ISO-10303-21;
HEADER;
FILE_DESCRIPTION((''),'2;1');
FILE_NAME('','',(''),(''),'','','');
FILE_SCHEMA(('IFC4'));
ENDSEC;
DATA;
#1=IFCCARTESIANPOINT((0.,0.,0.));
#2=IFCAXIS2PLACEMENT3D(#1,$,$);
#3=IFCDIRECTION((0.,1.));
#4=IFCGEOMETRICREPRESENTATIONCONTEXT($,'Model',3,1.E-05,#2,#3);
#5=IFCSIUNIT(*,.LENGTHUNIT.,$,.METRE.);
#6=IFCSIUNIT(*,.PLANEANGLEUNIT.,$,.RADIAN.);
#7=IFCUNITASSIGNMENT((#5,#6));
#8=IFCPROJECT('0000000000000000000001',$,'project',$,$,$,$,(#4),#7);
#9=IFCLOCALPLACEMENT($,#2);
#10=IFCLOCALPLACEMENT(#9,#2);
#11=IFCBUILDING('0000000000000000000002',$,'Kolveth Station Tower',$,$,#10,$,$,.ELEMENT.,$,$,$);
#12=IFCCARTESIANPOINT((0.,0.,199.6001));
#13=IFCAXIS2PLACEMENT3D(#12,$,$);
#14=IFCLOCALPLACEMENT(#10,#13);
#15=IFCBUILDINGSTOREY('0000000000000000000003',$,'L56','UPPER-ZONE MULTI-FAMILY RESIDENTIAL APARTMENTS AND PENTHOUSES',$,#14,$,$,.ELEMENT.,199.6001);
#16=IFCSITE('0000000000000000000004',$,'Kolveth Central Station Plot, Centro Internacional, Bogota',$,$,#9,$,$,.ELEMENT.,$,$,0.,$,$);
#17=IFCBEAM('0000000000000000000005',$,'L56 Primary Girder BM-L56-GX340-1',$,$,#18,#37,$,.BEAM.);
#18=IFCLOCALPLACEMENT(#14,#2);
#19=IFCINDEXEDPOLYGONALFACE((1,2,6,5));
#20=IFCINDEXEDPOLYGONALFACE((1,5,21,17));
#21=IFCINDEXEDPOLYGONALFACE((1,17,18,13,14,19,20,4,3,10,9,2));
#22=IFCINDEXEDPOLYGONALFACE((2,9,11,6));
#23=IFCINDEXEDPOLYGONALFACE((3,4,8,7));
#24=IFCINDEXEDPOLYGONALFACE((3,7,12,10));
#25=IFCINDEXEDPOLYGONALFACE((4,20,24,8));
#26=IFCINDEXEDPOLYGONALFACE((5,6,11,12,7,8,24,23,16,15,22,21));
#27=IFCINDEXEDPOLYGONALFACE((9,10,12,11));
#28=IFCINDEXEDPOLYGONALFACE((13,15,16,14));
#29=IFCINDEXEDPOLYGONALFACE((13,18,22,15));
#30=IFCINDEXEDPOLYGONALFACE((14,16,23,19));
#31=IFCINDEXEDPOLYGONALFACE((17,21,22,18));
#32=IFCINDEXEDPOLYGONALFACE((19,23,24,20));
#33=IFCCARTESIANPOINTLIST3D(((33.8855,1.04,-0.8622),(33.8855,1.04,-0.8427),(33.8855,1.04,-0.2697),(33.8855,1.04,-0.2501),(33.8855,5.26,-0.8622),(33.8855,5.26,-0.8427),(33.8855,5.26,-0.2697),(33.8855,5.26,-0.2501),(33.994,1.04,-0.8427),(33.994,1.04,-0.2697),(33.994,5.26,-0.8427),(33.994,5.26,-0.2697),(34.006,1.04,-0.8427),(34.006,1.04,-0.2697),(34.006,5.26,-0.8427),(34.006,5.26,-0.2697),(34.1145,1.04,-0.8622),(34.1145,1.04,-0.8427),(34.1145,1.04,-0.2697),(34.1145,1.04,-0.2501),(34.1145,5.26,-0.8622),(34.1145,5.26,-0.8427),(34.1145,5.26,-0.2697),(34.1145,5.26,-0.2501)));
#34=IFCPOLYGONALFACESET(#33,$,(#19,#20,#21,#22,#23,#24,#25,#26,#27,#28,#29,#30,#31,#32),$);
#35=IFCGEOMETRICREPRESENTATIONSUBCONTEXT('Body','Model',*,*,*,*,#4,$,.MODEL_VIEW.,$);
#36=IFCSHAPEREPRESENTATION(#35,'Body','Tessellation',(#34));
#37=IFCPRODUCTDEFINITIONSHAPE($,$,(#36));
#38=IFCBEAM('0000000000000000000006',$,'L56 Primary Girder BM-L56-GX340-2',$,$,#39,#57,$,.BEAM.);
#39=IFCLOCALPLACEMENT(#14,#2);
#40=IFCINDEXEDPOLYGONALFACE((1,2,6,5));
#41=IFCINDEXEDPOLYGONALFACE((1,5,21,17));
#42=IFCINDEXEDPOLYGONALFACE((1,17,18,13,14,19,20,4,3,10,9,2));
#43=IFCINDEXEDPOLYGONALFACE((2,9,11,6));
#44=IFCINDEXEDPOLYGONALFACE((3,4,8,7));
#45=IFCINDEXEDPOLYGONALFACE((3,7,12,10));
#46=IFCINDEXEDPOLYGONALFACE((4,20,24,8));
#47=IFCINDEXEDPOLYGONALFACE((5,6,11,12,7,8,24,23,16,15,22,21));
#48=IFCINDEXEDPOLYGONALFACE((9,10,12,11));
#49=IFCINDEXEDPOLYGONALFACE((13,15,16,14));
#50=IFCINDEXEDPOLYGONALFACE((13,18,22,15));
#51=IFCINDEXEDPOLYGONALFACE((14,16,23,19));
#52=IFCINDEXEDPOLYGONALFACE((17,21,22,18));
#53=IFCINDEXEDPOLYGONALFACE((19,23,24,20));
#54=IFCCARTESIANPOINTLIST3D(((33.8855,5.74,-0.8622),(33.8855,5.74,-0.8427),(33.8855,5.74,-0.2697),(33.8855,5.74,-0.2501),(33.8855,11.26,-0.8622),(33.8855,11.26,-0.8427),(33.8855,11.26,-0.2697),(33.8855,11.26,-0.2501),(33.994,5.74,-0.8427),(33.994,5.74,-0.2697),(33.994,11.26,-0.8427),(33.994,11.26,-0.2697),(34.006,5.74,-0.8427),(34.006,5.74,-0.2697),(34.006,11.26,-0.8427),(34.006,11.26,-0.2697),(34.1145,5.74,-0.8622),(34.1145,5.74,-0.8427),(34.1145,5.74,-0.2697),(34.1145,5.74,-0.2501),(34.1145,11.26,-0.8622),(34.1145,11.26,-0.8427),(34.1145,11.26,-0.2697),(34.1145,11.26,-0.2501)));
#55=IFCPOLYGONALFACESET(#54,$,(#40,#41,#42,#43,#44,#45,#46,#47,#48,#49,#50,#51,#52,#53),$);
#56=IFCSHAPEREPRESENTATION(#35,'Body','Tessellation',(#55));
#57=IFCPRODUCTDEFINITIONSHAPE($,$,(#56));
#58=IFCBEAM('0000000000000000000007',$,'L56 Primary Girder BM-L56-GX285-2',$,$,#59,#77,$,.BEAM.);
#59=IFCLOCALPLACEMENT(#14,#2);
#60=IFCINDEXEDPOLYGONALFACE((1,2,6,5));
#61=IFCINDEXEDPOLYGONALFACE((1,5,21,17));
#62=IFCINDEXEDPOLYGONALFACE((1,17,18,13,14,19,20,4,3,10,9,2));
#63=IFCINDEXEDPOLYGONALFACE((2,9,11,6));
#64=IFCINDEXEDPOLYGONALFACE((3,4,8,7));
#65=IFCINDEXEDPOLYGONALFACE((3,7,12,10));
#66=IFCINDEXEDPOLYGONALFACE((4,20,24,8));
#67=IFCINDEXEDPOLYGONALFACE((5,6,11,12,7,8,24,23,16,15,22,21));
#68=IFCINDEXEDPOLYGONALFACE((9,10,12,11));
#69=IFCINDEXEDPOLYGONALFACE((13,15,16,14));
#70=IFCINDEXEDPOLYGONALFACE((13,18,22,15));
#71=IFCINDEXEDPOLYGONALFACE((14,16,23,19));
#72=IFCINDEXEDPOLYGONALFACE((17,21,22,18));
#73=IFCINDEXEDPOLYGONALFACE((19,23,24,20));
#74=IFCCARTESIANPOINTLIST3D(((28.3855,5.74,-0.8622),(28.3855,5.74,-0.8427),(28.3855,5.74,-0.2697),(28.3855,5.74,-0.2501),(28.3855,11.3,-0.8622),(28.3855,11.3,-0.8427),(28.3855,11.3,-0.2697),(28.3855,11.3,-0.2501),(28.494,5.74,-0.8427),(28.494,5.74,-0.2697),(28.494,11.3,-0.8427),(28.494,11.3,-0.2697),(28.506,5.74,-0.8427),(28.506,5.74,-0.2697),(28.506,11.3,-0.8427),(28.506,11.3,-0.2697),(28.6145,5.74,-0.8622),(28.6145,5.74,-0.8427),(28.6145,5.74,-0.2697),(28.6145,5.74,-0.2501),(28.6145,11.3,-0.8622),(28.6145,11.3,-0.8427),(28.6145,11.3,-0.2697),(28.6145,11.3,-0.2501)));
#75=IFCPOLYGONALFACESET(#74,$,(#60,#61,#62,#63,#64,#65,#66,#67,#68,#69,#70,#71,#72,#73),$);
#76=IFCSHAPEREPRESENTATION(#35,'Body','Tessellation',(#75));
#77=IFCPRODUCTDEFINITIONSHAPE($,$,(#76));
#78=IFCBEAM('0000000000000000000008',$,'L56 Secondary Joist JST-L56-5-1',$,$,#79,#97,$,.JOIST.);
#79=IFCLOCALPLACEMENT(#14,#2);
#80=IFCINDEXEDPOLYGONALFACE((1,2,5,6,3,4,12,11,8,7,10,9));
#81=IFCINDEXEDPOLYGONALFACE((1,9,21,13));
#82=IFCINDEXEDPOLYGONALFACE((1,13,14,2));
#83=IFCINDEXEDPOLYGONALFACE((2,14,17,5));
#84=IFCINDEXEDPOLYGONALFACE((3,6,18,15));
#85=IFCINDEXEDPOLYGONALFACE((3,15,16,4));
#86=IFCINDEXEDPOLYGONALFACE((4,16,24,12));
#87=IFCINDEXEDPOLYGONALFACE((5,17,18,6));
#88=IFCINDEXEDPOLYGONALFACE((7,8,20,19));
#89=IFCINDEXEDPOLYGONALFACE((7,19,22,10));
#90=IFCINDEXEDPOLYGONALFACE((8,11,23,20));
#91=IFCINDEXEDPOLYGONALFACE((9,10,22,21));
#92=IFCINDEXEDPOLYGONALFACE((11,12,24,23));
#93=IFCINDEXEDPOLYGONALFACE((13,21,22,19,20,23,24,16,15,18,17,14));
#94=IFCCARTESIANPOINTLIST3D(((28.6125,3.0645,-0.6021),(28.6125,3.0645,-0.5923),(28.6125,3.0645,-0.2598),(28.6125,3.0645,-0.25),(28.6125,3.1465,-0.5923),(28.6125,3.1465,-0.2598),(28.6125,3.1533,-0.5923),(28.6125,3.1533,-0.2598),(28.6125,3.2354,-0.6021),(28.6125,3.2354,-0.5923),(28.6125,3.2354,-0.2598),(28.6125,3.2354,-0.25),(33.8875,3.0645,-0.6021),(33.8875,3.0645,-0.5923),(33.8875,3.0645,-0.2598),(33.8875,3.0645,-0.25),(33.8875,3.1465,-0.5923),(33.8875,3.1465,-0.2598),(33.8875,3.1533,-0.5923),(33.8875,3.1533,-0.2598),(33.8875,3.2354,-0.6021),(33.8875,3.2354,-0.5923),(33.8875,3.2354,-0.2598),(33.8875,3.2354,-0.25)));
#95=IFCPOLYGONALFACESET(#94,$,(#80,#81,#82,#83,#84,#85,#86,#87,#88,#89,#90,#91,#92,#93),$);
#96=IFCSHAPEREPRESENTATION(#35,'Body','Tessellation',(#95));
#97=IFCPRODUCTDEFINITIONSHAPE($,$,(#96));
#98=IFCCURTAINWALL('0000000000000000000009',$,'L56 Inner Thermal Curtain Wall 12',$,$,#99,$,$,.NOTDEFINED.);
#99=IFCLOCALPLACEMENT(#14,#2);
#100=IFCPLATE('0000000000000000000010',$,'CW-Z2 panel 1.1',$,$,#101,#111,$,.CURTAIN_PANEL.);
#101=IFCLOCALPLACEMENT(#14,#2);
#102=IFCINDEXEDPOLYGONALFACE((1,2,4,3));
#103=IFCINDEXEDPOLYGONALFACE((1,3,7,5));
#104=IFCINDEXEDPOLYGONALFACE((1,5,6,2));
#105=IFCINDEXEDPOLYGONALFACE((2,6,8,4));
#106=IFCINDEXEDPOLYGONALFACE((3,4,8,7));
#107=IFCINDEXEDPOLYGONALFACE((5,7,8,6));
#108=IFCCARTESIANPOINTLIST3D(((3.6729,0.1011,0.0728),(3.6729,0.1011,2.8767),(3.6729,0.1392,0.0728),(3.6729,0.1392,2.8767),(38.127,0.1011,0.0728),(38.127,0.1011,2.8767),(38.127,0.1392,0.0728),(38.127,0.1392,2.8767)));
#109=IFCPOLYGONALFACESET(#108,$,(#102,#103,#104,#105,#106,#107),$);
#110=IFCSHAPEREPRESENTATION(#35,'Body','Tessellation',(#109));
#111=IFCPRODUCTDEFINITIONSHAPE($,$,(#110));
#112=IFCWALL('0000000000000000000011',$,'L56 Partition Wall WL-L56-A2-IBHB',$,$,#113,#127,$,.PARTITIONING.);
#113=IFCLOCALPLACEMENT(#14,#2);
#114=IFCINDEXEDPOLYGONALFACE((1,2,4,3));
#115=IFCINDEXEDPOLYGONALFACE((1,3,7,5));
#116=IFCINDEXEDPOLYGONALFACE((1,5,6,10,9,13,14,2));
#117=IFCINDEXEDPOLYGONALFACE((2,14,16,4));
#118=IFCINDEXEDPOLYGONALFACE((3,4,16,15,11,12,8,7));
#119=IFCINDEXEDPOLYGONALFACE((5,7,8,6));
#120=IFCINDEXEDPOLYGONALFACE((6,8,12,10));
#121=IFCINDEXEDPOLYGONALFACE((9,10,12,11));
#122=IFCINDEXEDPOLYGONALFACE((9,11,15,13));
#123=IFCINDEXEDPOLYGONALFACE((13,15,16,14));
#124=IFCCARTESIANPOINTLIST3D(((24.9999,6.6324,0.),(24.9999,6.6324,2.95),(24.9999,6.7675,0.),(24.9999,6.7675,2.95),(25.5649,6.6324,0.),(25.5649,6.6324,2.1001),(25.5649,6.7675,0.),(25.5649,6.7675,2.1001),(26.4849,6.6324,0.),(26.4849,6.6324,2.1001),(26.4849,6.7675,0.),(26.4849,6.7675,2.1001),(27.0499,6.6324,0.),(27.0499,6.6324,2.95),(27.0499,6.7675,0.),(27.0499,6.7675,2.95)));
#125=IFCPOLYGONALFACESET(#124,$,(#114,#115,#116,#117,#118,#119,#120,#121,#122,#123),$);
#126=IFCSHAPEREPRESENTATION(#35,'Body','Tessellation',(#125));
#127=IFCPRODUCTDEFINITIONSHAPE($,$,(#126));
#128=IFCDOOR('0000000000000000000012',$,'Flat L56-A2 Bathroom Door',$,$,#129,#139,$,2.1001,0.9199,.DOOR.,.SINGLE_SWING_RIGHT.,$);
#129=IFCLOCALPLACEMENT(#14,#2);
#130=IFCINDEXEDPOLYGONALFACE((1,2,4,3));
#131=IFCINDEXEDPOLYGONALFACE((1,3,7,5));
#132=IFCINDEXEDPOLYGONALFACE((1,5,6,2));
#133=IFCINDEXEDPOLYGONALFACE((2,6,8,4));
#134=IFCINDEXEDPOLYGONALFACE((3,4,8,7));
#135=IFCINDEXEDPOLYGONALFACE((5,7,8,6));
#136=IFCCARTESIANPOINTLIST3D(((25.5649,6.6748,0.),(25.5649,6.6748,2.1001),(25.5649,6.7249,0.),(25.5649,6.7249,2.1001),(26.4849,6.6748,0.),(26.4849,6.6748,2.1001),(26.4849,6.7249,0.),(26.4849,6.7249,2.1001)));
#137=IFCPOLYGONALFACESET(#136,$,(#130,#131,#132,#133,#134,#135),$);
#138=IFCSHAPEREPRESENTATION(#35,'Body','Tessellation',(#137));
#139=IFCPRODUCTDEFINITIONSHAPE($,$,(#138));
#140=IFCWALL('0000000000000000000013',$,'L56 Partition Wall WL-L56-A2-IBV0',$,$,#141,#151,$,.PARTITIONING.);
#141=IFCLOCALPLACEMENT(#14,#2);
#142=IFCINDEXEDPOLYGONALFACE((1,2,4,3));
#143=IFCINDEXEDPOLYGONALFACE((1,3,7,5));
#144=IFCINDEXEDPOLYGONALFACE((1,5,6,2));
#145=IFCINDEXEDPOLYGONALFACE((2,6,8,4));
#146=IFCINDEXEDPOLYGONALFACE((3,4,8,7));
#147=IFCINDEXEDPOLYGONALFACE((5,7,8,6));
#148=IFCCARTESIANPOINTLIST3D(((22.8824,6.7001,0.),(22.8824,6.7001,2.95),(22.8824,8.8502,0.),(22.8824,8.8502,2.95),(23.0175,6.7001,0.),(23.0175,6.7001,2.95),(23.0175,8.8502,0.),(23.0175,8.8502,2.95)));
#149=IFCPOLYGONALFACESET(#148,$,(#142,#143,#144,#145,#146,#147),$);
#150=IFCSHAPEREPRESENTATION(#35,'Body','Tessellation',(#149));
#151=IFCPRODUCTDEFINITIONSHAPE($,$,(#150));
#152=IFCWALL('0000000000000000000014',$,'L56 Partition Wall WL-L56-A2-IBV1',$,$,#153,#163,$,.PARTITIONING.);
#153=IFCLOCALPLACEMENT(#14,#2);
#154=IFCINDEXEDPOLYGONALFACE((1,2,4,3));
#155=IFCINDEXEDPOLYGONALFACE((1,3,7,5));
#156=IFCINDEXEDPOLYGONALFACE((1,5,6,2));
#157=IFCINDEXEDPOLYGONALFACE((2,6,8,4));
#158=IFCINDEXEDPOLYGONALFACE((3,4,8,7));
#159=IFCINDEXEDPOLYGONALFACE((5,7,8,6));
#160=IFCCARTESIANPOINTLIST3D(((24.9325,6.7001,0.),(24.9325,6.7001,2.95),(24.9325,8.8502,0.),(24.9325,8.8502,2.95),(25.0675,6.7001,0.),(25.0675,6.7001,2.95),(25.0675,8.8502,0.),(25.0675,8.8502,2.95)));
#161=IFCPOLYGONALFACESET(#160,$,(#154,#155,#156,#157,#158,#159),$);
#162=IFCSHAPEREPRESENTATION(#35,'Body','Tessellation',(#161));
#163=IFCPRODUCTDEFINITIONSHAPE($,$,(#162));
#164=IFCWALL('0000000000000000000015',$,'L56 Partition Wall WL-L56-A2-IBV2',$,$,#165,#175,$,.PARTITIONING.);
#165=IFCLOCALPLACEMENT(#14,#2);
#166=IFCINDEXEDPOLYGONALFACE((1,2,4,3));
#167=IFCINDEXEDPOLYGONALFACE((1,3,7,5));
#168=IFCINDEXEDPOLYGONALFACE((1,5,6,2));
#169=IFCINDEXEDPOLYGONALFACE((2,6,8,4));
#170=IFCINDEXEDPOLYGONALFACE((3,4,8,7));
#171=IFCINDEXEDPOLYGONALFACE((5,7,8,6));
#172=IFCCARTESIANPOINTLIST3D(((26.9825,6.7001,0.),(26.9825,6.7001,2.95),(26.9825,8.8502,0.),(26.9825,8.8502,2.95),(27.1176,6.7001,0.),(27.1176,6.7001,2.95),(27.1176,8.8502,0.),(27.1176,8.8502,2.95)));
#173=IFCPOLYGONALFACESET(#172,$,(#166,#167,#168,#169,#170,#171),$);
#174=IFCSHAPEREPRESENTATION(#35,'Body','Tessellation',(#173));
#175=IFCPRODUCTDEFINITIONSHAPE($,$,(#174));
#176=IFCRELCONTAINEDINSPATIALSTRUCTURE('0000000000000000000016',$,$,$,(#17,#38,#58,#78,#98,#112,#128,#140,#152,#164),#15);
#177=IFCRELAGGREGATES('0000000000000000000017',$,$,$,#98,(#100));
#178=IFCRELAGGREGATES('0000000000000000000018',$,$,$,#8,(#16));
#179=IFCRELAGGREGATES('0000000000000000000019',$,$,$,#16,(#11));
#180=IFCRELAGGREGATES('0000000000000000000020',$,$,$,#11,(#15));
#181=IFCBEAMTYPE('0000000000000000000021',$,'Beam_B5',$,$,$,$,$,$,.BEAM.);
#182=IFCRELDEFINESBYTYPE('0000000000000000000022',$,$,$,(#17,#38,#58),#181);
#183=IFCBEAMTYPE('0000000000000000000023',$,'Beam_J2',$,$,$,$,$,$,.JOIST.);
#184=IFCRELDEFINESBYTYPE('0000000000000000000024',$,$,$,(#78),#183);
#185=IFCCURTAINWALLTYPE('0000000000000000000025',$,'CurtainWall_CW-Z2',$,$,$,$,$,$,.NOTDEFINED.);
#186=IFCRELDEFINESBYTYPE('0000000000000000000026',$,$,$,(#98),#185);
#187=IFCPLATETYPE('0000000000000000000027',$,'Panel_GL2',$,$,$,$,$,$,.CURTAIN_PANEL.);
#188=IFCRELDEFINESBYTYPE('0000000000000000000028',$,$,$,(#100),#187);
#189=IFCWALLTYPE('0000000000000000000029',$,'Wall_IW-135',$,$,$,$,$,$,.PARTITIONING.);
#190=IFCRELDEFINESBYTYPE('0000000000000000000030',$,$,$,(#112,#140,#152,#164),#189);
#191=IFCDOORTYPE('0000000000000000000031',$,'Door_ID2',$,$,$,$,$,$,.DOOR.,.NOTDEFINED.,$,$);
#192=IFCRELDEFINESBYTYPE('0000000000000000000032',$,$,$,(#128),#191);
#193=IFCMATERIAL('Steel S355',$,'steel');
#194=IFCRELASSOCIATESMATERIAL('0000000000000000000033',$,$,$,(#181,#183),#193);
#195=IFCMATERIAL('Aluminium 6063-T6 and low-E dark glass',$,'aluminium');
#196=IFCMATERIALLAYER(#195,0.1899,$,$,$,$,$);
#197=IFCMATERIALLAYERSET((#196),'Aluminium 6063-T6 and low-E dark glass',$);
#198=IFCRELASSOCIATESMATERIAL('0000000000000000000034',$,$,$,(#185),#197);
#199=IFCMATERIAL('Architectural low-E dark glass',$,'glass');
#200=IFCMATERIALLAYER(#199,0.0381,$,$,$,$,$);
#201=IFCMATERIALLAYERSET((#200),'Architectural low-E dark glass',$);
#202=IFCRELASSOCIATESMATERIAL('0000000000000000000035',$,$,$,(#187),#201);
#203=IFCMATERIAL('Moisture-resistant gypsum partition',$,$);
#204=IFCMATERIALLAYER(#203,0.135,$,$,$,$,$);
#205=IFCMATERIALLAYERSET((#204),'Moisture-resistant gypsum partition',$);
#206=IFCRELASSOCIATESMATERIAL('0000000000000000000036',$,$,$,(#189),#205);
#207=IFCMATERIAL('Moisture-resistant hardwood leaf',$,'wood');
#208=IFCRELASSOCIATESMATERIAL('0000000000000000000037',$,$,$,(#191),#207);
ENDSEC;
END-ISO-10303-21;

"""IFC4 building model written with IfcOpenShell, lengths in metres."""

from ifc_helpers import new_model, si_unit, direction, frame, frame_2d, origin, origin_2d, place, context, subcontext, project, spatial, rectangle, i_section, extrude, source, transform, mapped, material, layer, layer_set, material_profile, profile_set, type_object, element, fill, aggregate, save


model = new_model("IFC4")

# Units and contexts
model_context = context("Model", 3, precision=1e-05, world=origin(), true_north=direction((0.0, 1.0)))
body_context = subcontext(model_context, "Body", "Model", "MODEL_VIEW")
ifc_project = project(units=[si_unit("LENGTHUNIT", "METRE"), si_unit("PLANEANGLEUNIT", "RADIAN")], contexts=[model_context])

# Site, building, storey
site_placement = place(None, origin())
site = spatial("IfcSite", under=ifc_project, at=site_placement, Name="Kolveth Central Station Plot, Centro Internacional, Bogota", CompositionType="ELEMENT", RefElevation=0.0)
building_placement = place(site_placement, origin())
building = spatial("IfcBuilding", under=site, at=building_placement, Name="Kolveth Station Tower", CompositionType="ELEMENT")
storey_placement = place(building_placement, frame((0.0, 0.0, 199.6001)))
storey = spatial("IfcBuildingStorey", under=building, at=storey_placement, Name="L56", Description="UPPER-ZONE MULTI-FAMILY RESIDENTIAL APARTMENTS AND PENTHOUSES", CompositionType="ELEMENT", Elevation=199.6001)

# Shared definitions
ifc_material_1 = material(Name="Steel S355", Category="steel")

# Beams
ifc_material_profile_1 = material_profile(ifc_material_1, i_section(OverallWidth=0.229, OverallDepth=0.6121, WebThickness=0.012, FlangeThickness=0.0195, at=origin_2d()), Name="W610x125")
ifc_profile_set_1 = profile_set([ifc_material_profile_1], Name="Steel S355")
beam_type_1 = type_object("IfcBeamType", Name="Beam_B5", PredefinedType="BEAM", material=ifc_profile_set_1)
shared_shape_1 = source(origin(), body_context, "Body", "SweptSolid", [
    extrude(i_section(OverallWidth=0.229, OverallDepth=0.6121, WebThickness=0.012, FlangeThickness=0.0195, at=origin_2d()), origin(), (0.0, 0.0, 1.0), 4.22),
])
for number, where, z_axis, x_axis, name in (
    (1, (34.0, 1.04, -0.5562), (0.0, 1.0, 0.0), (-1.0, 0.0, 0.0), "L56 Primary Girder BM-L56-GX340-1"),
):
    element("IfcBeam", number, at=place(storey_placement, frame(where, z_axis=z_axis, x_axis=x_axis)), inside=storey, type_object=beam_type_1, Name=name, PredefinedType="BEAM", context=body_context, shape_type="MappedRepresentation", body=[
        mapped(shared_shape_1, transform((0.0, 0.0, 0.0), x_axis=(1.0, 0.0, 0.0), y_axis=(0.0, 1.0, 0.0), z_axis=(0.0, 0.0, 1.0), scale=1.0)),
    ])
shared_shape_2 = source(origin(), body_context, "Body", "SweptSolid", [
    extrude(i_section(OverallWidth=0.229, OverallDepth=0.6121, WebThickness=0.012, FlangeThickness=0.0195, at=origin_2d()), origin(), (0.0, 0.0, 1.0), 5.52),
])
beam_1_placement = place(storey_placement, frame((34.0, 5.74, -0.5562), z_axis=(0.0, 1.0, 0.0), x_axis=(-1.0, 0.0, 0.0)))
element("IfcBeam", 2, at=beam_1_placement, inside=storey, type_object=beam_type_1, Name="L56 Primary Girder BM-L56-GX340-2", PredefinedType="BEAM", context=body_context, shape_type="MappedRepresentation", body=[
    mapped(shared_shape_2, transform((0.0, 0.0, 0.0), x_axis=(1.0, 0.0, 0.0), y_axis=(0.0, 1.0, 0.0), z_axis=(0.0, 0.0, 1.0), scale=1.0)),
])
shared_shape_3 = source(origin(), body_context, "Body", "SweptSolid", [
    extrude(i_section(OverallWidth=0.229, OverallDepth=0.6121, WebThickness=0.012, FlangeThickness=0.0195, at=origin_2d()), origin(), (0.0, 0.0, 1.0), 5.5601),
])
beam_2_placement = place(storey_placement, frame((28.5, 5.74, -0.5562), z_axis=(0.0, 1.0, 0.0), x_axis=(-1.0, 0.0, 0.0)))
element("IfcBeam", 3, at=beam_2_placement, inside=storey, type_object=beam_type_1, Name="L56 Primary Girder BM-L56-GX285-2", PredefinedType="BEAM", context=body_context, shape_type="MappedRepresentation", body=[
    mapped(shared_shape_3, transform((0.0, 0.0, 0.0), x_axis=(1.0, 0.0, 0.0), y_axis=(0.0, 1.0, 0.0), z_axis=(0.0, 0.0, 1.0), scale=1.0)),
])
ifc_material_profile_2 = material_profile(ifc_material_1, i_section(OverallWidth=0.1709, OverallDepth=0.3521, WebThickness=0.0068, FlangeThickness=0.0098, at=origin_2d()), Name="W360x44")
ifc_profile_set_2 = profile_set([ifc_material_profile_2], Name="Steel S355")
beam_type_2 = type_object("IfcBeamType", Name="Beam_J2", PredefinedType="JOIST", material=ifc_profile_set_2)
shared_shape_4 = source(origin(), body_context, "Body", "SweptSolid", [
    extrude(i_section(OverallWidth=0.1709, OverallDepth=0.3521, WebThickness=0.0068, FlangeThickness=0.0098, at=origin_2d()), origin(), (0.0, 0.0, 1.0), 5.2749),
])
beam_3_placement = place(storey_placement, frame((28.6125, 3.1499, -0.426), z_axis=(1.0, 0.0, 0.0), x_axis=(0.0, 1.0, 0.0)))
element("IfcBeam", 4, at=beam_3_placement, inside=storey, type_object=beam_type_2, Name="L56 Secondary Joist JST-L56-5-1", PredefinedType="JOIST", context=body_context, shape_type="MappedRepresentation", body=[
    mapped(shared_shape_4, transform((0.0, 0.0, 0.0), x_axis=(1.0, 0.0, 0.0), y_axis=(0.0, 1.0, 0.0), z_axis=(0.0, 0.0, 1.0), scale=1.0)),
])

# Curtain wall, plate
ifc_material_2 = material(Name="Aluminium 6063-T6 and low-E dark glass", Category="aluminium")
ifc_layer_1 = layer(ifc_material_2, 0.1899)
ifc_layer_set_1 = layer_set([ifc_layer_1], Name="Aluminium 6063-T6 and low-E dark glass")
curtain_wall_type = type_object("IfcCurtainWallType", Name="CurtainWall_CW-Z2", PredefinedType="NOTDEFINED", material=ifc_layer_set_1)
curtain_wall_placement = place(storey_placement, origin())
curtain_wall = element("IfcCurtainWall", 5, at=curtain_wall_placement, inside=storey, type_object=curtain_wall_type, Name="L56 Inner Thermal Curtain Wall 12", PredefinedType="NOTDEFINED")
ifc_material_3 = material(Name="Architectural low-E dark glass", Category="glass")
ifc_layer_2 = layer(ifc_material_3, 0.0381)
ifc_layer_set_2 = layer_set([ifc_layer_2], Name="Architectural low-E dark glass")
plate_type = type_object("IfcPlateType", Name="Panel_GL2", PredefinedType="CURTAIN_PANEL", material=ifc_layer_set_2)
shared_shape_5 = source(origin(), body_context, "Body", "SweptSolid", [
    extrude(rectangle(XDim=34.4541, YDim=0.0381, at=origin_2d()), origin(), (0.0, 0.0, 1.0), 2.804),
])
plate_placement = place(storey_placement, frame((20.8999, 0.1201, 0.0728), z_axis=(0.0, 0.0, 1.0), x_axis=(1.0, 0.0, 0.0)))
plate = element("IfcPlate", 6, at=plate_placement, type_object=plate_type, Name="CW-Z2 panel 1.1", PredefinedType="CURTAIN_PANEL", context=body_context, shape_type="MappedRepresentation", body=[
    mapped(shared_shape_5, transform((0.0, 0.0, 0.0), x_axis=(1.0, 0.0, 0.0), y_axis=(0.0, 1.0, 0.0), z_axis=(0.0, 0.0, 1.0), scale=1.0)),
])
aggregate(curtain_wall, [plate])

# Wall, opening, door
ifc_material_4 = material(Name="Moisture-resistant gypsum partition")
ifc_layer_3 = layer(ifc_material_4, 0.135)
ifc_layer_set_3 = layer_set([ifc_layer_3], Name="Moisture-resistant gypsum partition")
wall_type_1 = type_object("IfcWallType", Name="Wall_IW-135", PredefinedType="PARTITIONING", material=ifc_layer_set_3)
wall_1_placement = place(storey_placement, frame((25.0, 6.7, 0.0), z_axis=(0.0, 0.0, 1.0), x_axis=(1.0, 0.0, 0.0)))
wall_1 = element("IfcWall", 7, at=wall_1_placement, inside=storey, type_object=wall_type_1, Name="L56 Partition Wall WL-L56-A2-IBHB", PredefinedType="PARTITIONING", context=body_context, shape_type="SweptSolid", body=[
    extrude(rectangle(XDim=2.05, YDim=0.135, at=frame_2d((1.0249, 0.0))), origin(), (0.0, 0.0, 1.0), 2.95),
])
opening_1_placement = place(wall_1_placement, frame((0.5649, 0.0, 0.0)))
opening_1 = element("IfcOpeningElement", 8, at=opening_1_placement, cuts=wall_1, PredefinedType="OPENING", context=body_context, shape_type="SweptSolid", body=[
    extrude(rectangle(XDim=0.9199, YDim=2.1001, at=frame_2d((0.46, 1.05))), frame((0.0, 0.0774, 0.0), z_axis=(0.0, -1.0, 0.0), x_axis=(1.0, 0.0, 0.0)), (0.0, 0.0, 1.0), 0.155),
])
ifc_material_5 = material(Name="Moisture-resistant hardwood leaf", Category="wood")
door_type_1 = type_object("IfcDoorType", Name="Door_ID2", OperationType="NOTDEFINED", PredefinedType="DOOR", material=ifc_material_5)
door_1_placement = place(opening_1_placement, origin())
door_1 = element("IfcDoor", 9, at=door_1_placement, inside=storey, type_object=door_type_1, Name="Flat L56-A2 Bathroom Door", OperationType="SINGLE_SWING_RIGHT", OverallHeight=2.1001, OverallWidth=0.9199, PredefinedType="DOOR", context=body_context, shape_type="SweptSolid", body=[
    extrude(rectangle(XDim=0.9199, YDim=2.1001, at=frame_2d((0.46, 1.05))), frame((0.0, 0.0249, 0.0), z_axis=(0.0, -1.0, 0.0), x_axis=(1.0, 0.0, 0.0)), (0.0, 0.0, 1.0), 0.05),
])
fill(opening_1, door_1)

# Walls
for number, where, z_axis, x_axis, name in (
    (10, (22.95, 6.7, 0.0), (0.0, 0.0, 1.0), (0.0, 1.0, 0.0), "L56 Partition Wall WL-L56-A2-IBV0"),
    (11, (25.0, 6.7, 0.0), (0.0, 0.0, 1.0), (0.0, 1.0, 0.0), "L56 Partition Wall WL-L56-A2-IBV1"),
    (12, (27.05, 6.7, 0.0), (0.0, 0.0, 1.0), (0.0, 1.0, 0.0), "L56 Partition Wall WL-L56-A2-IBV2"),
):
    element("IfcWall", number, at=place(storey_placement, frame(where, z_axis=z_axis, x_axis=x_axis)), inside=storey, type_object=wall_type_1, Name=name, PredefinedType="PARTITIONING", context=body_context, shape_type="SweptSolid", body=[
        extrude(rectangle(XDim=2.1501, YDim=0.135, at=frame_2d((1.0752, 0.0))), origin(), (0.0, 0.0, 1.0), 2.95),
    ])

save(model, "model.ifc")
